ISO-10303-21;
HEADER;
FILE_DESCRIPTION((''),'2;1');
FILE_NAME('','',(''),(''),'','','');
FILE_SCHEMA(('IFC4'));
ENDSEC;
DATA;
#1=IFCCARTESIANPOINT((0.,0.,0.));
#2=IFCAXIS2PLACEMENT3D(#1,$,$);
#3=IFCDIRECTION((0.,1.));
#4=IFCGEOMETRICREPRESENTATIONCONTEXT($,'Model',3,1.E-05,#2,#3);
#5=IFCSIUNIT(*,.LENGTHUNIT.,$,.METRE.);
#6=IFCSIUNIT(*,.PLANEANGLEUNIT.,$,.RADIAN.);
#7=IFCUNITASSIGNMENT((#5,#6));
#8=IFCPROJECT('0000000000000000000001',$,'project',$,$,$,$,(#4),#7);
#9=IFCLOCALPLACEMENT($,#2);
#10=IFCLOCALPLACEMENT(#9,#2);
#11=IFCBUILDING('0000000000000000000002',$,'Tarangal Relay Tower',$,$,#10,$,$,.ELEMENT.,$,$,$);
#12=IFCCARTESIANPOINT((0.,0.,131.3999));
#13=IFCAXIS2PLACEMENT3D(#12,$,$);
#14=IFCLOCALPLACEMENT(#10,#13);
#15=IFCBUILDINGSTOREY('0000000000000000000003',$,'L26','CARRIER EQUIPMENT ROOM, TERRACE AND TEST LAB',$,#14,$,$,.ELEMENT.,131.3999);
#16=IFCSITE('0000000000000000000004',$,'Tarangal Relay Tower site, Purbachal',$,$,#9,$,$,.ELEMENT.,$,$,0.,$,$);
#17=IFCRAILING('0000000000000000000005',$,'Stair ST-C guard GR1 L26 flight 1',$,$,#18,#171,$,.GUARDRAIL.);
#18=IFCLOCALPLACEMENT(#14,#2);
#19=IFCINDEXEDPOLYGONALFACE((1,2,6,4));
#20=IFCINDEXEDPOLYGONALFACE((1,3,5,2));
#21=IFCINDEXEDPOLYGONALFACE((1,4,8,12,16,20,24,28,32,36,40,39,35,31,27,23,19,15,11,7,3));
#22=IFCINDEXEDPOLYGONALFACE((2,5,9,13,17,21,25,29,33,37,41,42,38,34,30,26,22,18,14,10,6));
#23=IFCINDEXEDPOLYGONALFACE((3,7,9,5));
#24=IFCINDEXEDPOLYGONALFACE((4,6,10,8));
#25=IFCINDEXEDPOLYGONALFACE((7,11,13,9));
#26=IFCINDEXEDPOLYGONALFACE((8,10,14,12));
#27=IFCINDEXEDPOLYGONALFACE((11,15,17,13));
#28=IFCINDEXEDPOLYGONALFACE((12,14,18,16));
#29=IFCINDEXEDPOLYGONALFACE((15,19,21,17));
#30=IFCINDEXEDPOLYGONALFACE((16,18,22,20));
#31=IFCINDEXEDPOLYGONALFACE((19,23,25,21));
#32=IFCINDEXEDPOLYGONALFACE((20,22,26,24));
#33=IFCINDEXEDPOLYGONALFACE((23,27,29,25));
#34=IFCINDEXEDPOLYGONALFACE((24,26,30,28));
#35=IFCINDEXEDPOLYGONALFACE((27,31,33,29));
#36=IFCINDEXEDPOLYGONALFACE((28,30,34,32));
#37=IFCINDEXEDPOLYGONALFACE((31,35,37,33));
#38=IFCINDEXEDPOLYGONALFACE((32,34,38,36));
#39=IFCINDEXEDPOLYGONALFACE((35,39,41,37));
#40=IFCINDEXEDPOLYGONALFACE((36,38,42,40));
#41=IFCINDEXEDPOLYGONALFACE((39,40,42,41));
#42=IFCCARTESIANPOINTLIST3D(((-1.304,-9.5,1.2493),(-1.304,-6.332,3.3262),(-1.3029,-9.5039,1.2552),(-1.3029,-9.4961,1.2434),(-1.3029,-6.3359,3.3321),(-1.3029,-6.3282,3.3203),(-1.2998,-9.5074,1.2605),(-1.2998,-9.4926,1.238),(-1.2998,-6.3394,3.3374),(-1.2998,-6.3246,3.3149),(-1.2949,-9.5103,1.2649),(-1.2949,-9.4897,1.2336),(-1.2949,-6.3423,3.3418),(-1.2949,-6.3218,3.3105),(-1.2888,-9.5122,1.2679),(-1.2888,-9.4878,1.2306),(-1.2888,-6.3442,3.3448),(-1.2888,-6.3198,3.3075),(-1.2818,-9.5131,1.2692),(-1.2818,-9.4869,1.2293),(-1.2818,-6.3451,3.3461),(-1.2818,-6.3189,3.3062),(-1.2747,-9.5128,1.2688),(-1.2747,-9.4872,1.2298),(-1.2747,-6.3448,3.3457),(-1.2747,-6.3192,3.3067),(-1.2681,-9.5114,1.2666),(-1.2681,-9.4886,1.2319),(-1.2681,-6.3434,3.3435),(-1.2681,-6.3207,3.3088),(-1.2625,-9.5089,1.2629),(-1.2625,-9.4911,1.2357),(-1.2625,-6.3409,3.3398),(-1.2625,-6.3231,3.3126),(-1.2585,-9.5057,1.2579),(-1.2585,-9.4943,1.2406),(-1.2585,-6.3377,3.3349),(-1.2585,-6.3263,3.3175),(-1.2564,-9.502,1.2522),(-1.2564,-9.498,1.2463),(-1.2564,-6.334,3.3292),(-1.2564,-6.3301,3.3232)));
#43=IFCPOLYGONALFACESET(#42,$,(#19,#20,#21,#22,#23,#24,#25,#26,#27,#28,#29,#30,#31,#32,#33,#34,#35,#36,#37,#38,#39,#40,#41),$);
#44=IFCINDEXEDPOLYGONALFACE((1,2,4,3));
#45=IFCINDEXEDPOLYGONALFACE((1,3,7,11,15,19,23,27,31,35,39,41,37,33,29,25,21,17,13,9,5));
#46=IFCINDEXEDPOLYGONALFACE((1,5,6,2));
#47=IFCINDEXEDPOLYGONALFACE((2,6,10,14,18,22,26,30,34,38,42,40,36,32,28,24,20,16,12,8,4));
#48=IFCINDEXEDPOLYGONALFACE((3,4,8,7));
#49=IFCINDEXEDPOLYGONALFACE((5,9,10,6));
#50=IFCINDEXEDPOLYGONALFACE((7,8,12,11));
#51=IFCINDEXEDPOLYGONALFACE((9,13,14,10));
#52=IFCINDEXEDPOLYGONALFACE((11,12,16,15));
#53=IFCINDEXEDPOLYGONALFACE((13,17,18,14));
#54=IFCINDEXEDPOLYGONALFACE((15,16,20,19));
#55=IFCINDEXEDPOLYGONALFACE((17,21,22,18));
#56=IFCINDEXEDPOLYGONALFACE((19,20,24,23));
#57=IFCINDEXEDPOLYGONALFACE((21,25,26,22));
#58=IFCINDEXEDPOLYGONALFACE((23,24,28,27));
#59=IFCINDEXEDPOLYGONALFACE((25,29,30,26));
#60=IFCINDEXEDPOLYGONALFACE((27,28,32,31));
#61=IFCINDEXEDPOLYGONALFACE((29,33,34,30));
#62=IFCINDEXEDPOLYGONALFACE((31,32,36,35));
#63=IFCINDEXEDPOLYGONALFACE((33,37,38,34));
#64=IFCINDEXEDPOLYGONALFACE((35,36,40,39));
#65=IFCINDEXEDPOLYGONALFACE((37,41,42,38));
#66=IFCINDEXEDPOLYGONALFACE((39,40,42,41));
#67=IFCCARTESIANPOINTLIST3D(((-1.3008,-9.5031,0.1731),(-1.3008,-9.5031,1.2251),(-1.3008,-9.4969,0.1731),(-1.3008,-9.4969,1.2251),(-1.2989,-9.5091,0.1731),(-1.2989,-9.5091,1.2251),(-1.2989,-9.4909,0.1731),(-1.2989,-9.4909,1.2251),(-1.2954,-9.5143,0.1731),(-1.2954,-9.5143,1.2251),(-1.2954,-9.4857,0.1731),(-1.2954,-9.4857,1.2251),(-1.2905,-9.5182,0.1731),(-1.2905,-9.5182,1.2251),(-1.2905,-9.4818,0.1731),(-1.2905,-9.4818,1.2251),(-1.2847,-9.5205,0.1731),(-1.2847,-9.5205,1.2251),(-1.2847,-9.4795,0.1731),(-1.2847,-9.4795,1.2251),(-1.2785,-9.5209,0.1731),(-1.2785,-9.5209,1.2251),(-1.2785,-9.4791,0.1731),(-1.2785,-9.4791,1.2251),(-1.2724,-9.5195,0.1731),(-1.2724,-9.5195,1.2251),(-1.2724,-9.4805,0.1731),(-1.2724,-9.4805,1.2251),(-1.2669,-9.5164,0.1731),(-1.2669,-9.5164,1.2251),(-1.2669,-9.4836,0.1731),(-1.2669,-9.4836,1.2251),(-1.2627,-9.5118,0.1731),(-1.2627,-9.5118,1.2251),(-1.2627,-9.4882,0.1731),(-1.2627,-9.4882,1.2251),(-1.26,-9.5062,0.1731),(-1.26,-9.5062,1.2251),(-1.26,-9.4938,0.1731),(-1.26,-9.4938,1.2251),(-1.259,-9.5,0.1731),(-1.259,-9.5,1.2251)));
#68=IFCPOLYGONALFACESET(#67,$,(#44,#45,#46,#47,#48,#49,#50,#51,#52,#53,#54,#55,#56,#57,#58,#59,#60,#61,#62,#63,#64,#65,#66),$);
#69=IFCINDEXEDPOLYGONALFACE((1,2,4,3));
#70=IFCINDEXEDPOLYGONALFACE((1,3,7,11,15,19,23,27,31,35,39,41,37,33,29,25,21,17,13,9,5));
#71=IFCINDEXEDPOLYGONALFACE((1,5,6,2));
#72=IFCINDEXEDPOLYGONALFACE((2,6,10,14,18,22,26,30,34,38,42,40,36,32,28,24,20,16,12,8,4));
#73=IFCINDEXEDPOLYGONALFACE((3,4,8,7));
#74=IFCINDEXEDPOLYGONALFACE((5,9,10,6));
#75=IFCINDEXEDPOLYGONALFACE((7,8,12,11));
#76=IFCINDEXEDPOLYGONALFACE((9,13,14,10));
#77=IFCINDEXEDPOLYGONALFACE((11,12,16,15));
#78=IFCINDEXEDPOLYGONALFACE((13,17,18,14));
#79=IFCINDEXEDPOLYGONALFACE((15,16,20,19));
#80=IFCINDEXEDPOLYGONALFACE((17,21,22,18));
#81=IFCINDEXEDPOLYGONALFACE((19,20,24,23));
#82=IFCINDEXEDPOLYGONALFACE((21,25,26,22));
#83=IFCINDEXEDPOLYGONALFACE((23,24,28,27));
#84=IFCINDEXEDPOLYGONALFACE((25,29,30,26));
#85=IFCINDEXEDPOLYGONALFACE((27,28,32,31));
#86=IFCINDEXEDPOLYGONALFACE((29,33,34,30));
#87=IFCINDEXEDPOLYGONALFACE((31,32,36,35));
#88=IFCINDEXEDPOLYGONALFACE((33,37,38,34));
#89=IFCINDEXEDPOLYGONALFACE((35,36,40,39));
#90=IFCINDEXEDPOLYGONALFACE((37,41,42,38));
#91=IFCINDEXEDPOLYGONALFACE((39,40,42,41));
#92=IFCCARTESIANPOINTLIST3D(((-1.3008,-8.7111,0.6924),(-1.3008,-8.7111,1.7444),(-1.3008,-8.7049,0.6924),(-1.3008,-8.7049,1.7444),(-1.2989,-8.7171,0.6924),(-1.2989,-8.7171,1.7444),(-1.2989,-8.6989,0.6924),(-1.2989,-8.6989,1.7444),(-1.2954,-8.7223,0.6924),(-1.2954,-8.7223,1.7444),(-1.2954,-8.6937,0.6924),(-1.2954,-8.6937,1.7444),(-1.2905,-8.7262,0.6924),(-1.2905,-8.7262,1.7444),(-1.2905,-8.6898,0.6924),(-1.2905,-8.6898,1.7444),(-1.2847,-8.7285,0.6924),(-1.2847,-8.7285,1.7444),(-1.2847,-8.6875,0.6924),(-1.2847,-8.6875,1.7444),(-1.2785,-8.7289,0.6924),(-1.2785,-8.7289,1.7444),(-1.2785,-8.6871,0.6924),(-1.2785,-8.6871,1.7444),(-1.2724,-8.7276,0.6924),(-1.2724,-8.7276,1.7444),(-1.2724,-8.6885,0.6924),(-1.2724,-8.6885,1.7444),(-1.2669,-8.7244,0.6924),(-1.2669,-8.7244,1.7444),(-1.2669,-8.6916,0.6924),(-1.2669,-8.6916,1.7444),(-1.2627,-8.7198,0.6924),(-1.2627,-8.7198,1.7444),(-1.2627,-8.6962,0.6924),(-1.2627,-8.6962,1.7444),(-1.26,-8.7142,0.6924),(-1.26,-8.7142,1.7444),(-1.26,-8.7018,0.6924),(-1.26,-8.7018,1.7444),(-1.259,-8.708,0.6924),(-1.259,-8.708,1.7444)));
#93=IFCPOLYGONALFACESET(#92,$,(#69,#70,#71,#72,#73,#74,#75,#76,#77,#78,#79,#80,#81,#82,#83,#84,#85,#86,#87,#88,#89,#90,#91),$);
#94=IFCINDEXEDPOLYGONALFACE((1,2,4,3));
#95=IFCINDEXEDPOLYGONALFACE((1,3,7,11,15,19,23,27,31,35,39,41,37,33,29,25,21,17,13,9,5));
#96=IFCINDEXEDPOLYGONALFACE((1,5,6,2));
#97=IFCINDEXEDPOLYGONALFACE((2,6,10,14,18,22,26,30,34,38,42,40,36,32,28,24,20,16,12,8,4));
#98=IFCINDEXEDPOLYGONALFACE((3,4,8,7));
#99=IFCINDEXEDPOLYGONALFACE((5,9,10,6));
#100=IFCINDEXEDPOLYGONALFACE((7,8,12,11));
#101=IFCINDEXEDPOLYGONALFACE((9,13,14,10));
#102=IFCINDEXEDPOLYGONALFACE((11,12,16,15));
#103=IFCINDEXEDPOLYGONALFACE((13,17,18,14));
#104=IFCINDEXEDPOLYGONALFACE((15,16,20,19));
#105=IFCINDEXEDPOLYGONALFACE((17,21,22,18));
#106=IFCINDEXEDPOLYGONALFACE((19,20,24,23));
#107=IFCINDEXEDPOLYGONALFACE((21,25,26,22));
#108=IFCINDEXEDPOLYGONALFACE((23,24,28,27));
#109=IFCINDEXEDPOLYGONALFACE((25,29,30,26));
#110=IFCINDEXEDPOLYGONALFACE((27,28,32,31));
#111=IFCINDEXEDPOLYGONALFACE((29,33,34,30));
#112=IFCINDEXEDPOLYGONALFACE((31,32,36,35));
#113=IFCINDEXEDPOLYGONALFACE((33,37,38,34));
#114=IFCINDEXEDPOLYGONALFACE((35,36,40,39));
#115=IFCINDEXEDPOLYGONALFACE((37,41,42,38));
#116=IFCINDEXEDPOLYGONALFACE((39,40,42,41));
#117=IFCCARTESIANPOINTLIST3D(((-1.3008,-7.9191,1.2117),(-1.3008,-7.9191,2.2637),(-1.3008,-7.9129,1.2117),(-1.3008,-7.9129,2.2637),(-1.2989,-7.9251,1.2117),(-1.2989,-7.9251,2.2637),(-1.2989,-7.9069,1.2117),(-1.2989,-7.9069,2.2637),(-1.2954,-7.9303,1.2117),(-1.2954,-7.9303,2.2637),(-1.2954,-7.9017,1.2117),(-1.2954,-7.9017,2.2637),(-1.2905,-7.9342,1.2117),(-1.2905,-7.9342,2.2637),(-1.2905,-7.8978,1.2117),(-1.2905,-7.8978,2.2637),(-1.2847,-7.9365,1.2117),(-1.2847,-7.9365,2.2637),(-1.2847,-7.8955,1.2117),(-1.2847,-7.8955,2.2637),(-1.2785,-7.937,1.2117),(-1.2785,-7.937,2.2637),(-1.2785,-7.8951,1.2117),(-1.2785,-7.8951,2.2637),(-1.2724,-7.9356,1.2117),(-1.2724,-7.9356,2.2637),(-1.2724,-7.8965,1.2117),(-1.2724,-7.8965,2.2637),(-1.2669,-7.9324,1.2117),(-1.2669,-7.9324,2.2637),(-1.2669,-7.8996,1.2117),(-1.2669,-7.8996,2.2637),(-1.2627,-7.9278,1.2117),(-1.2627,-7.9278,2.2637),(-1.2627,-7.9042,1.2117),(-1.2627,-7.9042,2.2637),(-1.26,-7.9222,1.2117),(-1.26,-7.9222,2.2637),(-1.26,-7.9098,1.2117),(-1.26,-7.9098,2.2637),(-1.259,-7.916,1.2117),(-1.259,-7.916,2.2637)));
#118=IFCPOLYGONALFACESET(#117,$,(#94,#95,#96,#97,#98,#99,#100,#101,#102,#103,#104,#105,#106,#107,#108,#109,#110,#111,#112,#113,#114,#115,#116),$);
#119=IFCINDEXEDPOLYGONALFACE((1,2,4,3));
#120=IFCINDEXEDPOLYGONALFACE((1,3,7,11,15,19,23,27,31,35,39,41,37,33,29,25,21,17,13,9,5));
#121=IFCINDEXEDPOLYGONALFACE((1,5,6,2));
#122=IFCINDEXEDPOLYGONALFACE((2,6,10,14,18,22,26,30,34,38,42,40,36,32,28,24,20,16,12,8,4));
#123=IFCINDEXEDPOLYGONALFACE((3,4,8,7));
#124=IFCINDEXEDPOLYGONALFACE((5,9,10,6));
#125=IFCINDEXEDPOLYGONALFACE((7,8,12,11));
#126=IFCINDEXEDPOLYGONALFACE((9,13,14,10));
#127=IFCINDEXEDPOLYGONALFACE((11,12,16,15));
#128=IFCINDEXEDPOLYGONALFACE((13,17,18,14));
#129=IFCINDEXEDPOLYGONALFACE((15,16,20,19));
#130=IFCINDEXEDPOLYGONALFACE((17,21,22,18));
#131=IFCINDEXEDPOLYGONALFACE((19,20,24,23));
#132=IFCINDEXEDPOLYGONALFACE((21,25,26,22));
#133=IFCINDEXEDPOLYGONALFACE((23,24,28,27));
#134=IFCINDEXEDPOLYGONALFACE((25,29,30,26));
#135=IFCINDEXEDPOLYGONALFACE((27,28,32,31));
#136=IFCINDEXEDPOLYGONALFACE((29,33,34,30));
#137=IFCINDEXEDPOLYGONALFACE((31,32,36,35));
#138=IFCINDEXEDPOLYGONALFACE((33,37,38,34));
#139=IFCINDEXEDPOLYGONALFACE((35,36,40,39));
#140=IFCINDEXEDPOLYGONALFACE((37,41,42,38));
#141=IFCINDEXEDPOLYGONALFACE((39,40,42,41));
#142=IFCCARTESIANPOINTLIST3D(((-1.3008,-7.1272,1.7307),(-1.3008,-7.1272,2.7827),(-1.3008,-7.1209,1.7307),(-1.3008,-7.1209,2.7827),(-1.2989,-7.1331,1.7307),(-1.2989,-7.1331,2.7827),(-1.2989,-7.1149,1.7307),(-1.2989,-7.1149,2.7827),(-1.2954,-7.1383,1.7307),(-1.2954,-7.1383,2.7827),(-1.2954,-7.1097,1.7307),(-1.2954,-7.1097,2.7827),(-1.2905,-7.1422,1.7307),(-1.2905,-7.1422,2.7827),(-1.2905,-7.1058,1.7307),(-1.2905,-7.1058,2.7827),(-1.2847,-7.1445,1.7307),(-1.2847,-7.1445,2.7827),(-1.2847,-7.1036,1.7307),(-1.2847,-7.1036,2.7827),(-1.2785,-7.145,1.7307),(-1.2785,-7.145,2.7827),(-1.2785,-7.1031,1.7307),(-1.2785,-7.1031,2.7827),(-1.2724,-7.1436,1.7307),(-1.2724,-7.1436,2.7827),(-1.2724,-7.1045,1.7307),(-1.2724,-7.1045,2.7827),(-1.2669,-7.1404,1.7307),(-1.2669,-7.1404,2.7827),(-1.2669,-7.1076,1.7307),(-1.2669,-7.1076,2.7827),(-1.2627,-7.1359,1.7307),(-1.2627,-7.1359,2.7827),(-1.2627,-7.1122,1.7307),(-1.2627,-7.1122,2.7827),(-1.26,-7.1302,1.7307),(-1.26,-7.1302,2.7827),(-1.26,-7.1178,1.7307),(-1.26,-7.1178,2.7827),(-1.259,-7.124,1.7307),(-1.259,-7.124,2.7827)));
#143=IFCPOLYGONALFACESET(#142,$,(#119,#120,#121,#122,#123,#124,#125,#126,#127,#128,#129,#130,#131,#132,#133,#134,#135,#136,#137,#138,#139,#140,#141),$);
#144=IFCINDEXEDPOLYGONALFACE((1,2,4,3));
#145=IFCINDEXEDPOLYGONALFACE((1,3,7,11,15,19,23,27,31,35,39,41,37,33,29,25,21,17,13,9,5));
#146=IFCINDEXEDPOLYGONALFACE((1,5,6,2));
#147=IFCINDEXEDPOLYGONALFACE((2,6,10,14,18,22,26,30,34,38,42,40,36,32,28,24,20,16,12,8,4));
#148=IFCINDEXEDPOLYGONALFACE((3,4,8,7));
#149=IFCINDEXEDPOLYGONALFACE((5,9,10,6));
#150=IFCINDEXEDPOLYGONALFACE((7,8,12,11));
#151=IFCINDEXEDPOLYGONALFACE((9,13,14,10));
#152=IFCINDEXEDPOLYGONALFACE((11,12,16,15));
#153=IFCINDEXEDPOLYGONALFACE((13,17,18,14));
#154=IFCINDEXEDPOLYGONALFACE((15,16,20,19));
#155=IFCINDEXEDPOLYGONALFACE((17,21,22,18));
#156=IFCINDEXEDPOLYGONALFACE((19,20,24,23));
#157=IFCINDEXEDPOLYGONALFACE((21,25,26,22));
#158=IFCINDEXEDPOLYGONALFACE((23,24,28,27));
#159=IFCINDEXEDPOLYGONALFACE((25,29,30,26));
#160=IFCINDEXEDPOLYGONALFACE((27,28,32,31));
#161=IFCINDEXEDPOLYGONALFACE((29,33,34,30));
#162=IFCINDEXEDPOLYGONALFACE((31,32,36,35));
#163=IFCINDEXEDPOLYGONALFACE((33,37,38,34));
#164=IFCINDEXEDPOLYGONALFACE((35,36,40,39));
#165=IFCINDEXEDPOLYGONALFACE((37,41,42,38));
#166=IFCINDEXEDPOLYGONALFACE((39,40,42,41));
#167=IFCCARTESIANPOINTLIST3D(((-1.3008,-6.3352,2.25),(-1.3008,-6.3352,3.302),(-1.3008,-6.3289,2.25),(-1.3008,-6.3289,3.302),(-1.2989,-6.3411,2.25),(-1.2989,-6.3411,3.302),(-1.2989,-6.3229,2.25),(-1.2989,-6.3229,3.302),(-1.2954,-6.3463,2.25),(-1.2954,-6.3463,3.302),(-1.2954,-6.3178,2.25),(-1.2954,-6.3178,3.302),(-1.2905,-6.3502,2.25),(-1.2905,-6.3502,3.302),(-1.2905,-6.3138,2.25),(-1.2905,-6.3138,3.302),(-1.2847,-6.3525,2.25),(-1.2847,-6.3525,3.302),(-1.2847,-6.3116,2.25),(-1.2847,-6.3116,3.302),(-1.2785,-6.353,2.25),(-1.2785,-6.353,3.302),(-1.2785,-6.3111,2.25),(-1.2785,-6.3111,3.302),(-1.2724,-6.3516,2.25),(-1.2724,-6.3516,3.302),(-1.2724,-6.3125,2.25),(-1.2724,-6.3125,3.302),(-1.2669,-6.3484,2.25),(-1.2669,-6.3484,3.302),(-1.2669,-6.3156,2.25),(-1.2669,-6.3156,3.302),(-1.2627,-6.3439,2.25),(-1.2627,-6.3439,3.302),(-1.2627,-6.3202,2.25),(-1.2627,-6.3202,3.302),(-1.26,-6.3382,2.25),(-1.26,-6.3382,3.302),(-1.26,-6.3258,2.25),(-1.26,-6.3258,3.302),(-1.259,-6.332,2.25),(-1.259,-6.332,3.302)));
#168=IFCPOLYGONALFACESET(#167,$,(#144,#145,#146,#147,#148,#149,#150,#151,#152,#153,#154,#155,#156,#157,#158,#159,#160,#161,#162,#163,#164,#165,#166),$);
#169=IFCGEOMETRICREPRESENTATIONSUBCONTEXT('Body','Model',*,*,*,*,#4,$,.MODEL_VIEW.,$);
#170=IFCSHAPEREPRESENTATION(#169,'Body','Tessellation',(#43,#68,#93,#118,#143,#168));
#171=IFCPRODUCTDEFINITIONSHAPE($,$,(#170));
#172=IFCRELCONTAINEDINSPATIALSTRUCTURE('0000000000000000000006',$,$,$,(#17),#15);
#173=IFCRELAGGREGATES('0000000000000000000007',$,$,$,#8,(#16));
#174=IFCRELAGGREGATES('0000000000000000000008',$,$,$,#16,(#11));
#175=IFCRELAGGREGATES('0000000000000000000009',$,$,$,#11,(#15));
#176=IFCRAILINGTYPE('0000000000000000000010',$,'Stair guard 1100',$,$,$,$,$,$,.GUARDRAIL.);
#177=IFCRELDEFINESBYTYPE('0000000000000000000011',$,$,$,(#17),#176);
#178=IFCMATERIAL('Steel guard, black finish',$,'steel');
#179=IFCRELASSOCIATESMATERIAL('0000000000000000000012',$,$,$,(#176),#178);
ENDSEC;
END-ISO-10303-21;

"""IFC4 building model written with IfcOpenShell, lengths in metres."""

from ifc_helpers import new_model, si_unit, direction, frame, origin, origin_2d, place, context, subcontext, project, spatial, circle, extrude, material, type_object, element, save


model = new_model("IFC4")

# Units and contexts
model_context = context("Model", 3, precision=1e-05, world=origin(), true_north=direction((0.0, 1.0)))
body_context = subcontext(model_context, "Body", "Model", "MODEL_VIEW")
ifc_project = project(units=[si_unit("LENGTHUNIT", "METRE"), si_unit("PLANEANGLEUNIT", "RADIAN")], contexts=[model_context])

# Site, building, storey
site_placement = place(None, origin())
site = spatial("IfcSite", under=ifc_project, at=site_placement, Name="Tarangal Relay Tower site, Purbachal", CompositionType="ELEMENT", RefElevation=0.0)
building_placement = place(site_placement, origin())
building = spatial("IfcBuilding", under=site, at=building_placement, Name="Tarangal Relay Tower", CompositionType="ELEMENT")
storey_placement = place(building_placement, frame((0.0, 0.0, 131.3999)))
storey = spatial("IfcBuildingStorey", under=building, at=storey_placement, Name="L26", Description="CARRIER EQUIPMENT ROOM, TERRACE AND TEST LAB", CompositionType="ELEMENT", Elevation=131.3999)

# Railing
ifc_material_1 = material(Name="Steel guard, black finish", Category="steel")
railing_type_1 = type_object("IfcRailingType", Name="Stair guard 1100", PredefinedType="GUARDRAIL", material=ifc_material_1)
railing_1_placement = place(storey_placement, frame((-1.28, -9.5, 0.1731)))
element("IfcRailing", 1, at=railing_1_placement, inside=storey, type_object=railing_type_1, Name="Stair ST-C guard GR1 L26 flight 1", PredefinedType="GUARDRAIL", context=body_context, shape_type="SweptSolid", body=[
    extrude(circle(Radius=0.0239, at=origin_2d()), frame((0.0, 0.0, 1.0762), z_axis=(0.0, 0.836299, 0.548273), x_axis=(-1.0, 0.0, 0.0)), (0.0, 0.0, 1.0), 3.7881),
    extrude(circle(Radius=0.021, at=origin_2d()), origin(), (0.0, 0.0, 1.0), 1.052),
    extrude(circle(Radius=0.021, at=origin_2d()), frame((0.0, 0.792, 0.5193)), (0.0, 0.0, 1.0), 1.052),
    extrude(circle(Radius=0.021, at=origin_2d()), frame((0.0, 1.584, 1.0386)), (0.0, 0.0, 1.0), 1.052),
    extrude(circle(Radius=0.021, at=origin_2d()), frame((0.0, 2.376, 1.5576)), (0.0, 0.0, 1.0), 1.052),
    extrude(circle(Radius=0.021, at=origin_2d()), frame((0.0, 3.168, 2.0769)), (0.0, 0.0, 1.0), 1.052),
])

save(model, "model.ifc")
